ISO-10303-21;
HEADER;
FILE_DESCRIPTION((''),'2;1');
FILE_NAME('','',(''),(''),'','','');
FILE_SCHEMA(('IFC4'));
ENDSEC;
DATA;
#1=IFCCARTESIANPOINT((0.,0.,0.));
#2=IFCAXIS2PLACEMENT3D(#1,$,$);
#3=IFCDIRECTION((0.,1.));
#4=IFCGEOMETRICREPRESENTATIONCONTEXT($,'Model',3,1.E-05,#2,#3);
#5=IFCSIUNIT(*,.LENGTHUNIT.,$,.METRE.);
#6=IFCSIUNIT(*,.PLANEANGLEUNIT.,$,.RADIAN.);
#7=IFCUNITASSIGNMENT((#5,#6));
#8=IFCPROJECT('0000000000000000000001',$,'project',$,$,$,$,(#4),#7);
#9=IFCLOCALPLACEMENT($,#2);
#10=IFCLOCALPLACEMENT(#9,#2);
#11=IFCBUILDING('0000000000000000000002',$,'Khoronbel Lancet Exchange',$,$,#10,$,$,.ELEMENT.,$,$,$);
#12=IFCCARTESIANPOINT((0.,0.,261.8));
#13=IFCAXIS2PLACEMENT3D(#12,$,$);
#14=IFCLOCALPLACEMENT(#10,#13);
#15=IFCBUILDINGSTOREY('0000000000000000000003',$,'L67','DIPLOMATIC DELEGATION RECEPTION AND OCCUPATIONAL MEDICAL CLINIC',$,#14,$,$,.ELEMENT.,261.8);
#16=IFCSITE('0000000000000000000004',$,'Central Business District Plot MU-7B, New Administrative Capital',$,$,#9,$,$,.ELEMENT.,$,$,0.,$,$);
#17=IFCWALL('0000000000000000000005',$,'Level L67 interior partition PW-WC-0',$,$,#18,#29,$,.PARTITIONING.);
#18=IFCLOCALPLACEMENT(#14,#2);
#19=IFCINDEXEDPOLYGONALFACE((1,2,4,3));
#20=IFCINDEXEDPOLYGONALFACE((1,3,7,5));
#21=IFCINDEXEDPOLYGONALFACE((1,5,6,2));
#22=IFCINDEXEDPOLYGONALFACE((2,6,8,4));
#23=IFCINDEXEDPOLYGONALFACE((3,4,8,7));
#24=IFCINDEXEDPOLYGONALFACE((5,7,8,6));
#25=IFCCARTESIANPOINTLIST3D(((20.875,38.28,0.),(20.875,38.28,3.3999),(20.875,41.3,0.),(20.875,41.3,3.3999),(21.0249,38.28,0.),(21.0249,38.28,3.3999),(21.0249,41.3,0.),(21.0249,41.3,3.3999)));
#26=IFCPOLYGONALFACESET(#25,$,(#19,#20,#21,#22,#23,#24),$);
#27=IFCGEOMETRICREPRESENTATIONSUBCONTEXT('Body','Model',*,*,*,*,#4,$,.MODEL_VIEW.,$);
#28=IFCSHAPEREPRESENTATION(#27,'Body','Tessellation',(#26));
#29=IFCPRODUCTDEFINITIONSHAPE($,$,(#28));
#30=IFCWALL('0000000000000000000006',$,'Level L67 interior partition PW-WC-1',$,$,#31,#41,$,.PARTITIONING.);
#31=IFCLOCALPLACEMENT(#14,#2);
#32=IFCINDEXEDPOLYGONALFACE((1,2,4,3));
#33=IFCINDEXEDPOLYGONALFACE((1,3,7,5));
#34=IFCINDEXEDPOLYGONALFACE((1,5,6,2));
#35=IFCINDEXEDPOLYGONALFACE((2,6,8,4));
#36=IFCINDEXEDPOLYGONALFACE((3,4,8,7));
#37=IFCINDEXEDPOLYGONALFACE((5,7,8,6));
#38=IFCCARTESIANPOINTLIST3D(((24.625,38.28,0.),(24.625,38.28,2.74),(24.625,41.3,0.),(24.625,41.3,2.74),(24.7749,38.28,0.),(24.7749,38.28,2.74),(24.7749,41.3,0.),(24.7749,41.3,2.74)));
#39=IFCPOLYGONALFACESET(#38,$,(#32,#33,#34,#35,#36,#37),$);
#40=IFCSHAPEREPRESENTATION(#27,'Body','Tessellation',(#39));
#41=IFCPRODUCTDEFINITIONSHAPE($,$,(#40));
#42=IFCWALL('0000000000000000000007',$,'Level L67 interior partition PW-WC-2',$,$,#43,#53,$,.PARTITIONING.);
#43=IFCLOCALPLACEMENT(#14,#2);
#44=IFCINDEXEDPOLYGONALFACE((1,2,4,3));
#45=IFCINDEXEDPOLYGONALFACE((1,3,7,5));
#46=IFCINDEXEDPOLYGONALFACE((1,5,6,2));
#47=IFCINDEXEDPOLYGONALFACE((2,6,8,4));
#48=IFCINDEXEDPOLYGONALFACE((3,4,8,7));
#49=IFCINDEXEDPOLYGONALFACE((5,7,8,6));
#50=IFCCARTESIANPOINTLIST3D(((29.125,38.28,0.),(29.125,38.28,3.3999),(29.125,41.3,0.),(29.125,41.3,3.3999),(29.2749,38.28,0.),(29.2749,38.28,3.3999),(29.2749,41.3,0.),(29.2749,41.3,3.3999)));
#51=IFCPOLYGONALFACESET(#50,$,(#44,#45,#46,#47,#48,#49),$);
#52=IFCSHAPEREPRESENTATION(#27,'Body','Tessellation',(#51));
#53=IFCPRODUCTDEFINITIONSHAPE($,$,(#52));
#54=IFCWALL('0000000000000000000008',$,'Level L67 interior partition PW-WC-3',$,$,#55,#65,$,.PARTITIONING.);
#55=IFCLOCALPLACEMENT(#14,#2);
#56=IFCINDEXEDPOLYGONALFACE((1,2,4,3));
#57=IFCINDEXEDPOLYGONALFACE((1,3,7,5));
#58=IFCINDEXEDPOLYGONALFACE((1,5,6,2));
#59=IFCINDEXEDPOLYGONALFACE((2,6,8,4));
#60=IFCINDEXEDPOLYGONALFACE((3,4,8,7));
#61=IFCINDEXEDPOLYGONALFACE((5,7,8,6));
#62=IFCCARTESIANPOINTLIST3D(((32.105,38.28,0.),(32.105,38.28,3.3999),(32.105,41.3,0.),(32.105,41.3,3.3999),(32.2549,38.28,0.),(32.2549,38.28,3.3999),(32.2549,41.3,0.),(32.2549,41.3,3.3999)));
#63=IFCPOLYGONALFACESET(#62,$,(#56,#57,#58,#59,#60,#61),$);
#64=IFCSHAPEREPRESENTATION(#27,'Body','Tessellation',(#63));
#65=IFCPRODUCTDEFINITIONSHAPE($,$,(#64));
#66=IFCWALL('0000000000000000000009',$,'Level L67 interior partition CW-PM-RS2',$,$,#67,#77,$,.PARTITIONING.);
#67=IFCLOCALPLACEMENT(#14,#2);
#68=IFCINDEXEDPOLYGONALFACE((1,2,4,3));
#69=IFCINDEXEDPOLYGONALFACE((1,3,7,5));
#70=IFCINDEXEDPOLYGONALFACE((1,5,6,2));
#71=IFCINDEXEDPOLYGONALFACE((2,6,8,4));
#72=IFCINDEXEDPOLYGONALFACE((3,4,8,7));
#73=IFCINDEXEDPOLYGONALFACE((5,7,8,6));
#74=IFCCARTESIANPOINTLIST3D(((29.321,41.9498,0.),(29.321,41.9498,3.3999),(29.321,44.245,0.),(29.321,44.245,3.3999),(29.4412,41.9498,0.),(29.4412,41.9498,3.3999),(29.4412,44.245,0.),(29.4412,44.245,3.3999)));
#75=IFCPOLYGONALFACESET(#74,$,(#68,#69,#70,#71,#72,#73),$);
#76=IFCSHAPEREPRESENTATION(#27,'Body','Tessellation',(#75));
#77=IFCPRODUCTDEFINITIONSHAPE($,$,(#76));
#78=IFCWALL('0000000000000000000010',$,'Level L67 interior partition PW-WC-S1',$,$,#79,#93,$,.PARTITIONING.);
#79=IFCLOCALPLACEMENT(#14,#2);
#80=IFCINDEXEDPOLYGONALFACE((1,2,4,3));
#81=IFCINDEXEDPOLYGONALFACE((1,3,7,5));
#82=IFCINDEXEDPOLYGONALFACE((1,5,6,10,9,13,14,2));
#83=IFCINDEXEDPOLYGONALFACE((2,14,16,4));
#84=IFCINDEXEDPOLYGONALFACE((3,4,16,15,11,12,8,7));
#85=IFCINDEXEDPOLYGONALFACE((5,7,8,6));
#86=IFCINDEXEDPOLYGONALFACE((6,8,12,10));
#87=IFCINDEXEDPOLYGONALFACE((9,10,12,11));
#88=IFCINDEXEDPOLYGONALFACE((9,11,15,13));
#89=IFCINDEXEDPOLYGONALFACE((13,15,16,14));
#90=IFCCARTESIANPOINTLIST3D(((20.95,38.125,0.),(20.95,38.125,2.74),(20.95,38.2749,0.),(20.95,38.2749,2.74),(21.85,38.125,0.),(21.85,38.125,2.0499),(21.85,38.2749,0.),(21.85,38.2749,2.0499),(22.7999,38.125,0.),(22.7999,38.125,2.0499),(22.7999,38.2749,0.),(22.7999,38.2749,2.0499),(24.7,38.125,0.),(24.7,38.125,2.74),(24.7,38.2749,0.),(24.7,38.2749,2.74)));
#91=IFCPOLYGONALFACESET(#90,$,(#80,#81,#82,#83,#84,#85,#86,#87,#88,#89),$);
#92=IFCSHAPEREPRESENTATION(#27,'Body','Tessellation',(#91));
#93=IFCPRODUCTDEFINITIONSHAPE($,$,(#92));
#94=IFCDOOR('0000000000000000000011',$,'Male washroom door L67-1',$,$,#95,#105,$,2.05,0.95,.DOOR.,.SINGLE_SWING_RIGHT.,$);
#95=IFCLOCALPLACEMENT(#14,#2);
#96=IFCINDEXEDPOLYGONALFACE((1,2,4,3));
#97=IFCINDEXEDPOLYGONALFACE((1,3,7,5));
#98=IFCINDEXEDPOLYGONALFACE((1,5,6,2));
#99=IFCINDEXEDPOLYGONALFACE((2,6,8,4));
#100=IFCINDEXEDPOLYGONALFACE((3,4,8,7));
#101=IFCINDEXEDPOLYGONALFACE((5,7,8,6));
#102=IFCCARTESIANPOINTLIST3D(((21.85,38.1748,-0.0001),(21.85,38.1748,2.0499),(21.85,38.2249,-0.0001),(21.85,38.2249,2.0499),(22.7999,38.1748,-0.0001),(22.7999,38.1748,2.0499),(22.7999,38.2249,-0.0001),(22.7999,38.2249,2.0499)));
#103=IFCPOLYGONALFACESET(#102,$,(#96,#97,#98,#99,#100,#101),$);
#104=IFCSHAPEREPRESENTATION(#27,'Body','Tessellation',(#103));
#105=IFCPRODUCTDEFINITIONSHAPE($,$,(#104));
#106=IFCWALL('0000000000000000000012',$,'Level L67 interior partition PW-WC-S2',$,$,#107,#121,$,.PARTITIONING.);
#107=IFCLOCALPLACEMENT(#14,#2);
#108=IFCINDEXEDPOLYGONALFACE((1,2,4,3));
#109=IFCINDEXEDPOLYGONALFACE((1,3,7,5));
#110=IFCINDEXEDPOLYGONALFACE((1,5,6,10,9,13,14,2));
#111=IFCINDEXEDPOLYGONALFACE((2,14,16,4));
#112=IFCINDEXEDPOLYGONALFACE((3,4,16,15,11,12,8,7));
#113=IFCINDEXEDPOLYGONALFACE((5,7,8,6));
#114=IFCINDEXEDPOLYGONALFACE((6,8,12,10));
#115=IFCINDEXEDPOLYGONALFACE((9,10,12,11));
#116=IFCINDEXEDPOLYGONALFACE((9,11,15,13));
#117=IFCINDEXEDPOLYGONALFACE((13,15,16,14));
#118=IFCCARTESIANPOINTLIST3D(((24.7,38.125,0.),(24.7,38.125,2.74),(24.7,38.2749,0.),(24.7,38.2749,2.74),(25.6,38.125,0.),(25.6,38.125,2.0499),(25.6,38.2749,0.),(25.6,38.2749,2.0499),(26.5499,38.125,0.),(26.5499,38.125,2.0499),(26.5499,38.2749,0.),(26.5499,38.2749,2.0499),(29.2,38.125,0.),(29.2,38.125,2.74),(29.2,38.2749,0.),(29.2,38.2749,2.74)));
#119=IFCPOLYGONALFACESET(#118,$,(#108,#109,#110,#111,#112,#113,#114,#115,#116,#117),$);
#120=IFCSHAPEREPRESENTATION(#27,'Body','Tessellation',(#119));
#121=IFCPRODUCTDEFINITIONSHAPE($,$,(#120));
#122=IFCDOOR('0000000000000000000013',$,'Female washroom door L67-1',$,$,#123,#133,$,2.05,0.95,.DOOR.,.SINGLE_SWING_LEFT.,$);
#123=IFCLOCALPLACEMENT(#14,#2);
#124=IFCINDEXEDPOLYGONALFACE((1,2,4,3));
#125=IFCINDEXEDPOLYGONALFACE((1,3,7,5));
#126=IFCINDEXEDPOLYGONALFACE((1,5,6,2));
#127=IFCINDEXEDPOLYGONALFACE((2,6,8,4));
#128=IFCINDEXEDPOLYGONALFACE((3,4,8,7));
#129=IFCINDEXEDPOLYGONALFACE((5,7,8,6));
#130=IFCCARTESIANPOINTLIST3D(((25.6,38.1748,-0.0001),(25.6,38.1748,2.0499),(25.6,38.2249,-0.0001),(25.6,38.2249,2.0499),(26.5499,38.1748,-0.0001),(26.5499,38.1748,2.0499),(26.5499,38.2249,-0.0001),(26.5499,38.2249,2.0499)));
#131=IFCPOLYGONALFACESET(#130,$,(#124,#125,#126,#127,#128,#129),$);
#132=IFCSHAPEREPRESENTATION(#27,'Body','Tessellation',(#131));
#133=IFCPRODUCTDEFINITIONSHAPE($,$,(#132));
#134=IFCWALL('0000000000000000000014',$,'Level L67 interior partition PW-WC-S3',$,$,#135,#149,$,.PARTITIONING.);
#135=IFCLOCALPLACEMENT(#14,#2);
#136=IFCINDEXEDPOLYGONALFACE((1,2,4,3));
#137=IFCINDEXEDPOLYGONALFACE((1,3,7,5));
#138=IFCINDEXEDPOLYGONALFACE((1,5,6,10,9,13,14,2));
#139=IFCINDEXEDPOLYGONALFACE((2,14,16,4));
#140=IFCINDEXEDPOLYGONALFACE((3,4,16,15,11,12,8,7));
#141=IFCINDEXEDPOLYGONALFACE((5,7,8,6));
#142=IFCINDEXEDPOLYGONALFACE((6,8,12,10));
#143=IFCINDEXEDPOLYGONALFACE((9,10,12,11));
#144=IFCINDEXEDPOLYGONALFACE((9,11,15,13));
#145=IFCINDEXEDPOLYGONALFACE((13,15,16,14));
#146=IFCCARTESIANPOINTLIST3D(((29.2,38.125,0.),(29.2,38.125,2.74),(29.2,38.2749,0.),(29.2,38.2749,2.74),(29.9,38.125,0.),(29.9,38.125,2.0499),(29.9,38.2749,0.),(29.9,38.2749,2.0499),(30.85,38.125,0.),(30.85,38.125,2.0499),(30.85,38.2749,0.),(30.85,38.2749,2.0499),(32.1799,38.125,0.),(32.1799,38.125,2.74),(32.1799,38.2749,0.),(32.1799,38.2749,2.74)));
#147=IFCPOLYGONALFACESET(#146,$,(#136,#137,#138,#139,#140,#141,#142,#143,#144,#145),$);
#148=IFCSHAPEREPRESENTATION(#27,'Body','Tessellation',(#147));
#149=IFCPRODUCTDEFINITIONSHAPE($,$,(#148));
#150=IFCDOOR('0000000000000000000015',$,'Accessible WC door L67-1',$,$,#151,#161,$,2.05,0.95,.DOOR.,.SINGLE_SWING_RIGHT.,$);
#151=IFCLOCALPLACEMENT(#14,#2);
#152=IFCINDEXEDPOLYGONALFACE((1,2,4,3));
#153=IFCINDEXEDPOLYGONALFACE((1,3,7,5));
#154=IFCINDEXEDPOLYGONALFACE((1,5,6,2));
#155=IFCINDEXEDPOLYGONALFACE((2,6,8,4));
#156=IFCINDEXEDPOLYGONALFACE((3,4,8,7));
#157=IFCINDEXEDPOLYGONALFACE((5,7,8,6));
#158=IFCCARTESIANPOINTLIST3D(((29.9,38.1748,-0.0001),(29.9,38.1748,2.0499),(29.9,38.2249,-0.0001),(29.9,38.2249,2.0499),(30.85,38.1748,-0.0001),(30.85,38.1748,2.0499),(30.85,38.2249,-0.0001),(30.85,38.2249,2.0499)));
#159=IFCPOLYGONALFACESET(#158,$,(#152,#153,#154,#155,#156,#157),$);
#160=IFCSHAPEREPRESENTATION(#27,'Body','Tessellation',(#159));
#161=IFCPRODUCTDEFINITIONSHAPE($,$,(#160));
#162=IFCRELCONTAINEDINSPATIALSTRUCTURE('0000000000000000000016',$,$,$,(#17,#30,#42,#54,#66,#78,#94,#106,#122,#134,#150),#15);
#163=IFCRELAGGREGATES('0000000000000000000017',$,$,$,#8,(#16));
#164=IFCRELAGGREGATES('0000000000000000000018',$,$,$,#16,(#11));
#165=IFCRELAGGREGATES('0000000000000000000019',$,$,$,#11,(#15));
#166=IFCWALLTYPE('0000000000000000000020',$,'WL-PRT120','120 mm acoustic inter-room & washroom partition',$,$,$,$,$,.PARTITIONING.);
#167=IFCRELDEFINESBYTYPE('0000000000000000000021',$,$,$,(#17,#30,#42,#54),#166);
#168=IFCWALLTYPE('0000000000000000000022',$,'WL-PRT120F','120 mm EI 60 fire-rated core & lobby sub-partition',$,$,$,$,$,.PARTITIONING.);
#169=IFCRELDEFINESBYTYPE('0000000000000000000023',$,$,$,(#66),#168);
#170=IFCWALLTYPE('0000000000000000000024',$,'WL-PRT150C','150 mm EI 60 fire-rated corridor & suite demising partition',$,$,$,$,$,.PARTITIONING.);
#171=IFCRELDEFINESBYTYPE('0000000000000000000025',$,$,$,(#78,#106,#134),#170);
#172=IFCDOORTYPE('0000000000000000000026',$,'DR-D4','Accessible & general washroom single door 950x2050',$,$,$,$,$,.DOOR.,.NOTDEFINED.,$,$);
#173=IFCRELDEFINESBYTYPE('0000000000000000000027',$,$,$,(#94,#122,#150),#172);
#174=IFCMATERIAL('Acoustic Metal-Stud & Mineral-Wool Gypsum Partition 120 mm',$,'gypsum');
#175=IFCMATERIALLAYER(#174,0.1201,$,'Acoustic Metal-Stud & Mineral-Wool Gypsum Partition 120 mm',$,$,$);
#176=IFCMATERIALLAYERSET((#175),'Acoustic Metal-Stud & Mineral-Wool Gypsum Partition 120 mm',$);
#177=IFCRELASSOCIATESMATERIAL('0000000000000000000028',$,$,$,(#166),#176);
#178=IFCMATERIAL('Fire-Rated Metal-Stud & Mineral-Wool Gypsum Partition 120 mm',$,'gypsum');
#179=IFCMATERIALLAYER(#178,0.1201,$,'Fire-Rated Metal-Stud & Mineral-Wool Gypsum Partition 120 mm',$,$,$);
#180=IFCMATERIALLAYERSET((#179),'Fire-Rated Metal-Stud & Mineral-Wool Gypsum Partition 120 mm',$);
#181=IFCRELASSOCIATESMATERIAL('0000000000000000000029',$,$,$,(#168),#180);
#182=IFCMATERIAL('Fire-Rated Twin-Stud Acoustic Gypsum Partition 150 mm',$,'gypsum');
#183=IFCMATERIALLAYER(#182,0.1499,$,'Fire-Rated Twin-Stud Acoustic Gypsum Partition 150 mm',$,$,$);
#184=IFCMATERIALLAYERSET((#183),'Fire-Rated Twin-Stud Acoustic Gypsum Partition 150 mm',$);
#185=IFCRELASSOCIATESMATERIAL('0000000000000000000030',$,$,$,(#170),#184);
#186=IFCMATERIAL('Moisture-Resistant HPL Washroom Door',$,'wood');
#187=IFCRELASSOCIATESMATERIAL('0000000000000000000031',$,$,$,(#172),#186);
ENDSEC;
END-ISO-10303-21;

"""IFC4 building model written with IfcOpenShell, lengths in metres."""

from ifc_helpers import new_model, si_unit, direction, frame, frame_2d, origin, place, context, subcontext, project, spatial, rectangle, extrude, material, layer, layer_set, type_object, element, fill, save


model = new_model("IFC4")

# Units and contexts
model_context = context("Model", 3, precision=1e-05, world=origin(), true_north=direction((0.0, 1.0)))
body_context = subcontext(model_context, "Body", "Model", "MODEL_VIEW")
ifc_project = project(units=[si_unit("LENGTHUNIT", "METRE"), si_unit("PLANEANGLEUNIT", "RADIAN")], contexts=[model_context])

# Site, building, storey
site_placement = place(None, origin())
site = spatial("IfcSite", under=ifc_project, at=site_placement, Name="Central Business District Plot MU-7B, New Administrative Capital", CompositionType="ELEMENT", RefElevation=0.0)
building_placement = place(site_placement, origin())
building = spatial("IfcBuilding", under=site, at=building_placement, Name="Khoronbel Lancet Exchange", CompositionType="ELEMENT")
storey_placement = place(building_placement, frame((0.0, 0.0, 261.8)))
storey = spatial("IfcBuildingStorey", under=building, at=storey_placement, Name="L67", Description="DIPLOMATIC DELEGATION RECEPTION AND OCCUPATIONAL MEDICAL CLINIC", CompositionType="ELEMENT", Elevation=261.8)

# Walls
ifc_material_1 = material(Name="Acoustic Metal-Stud & Mineral-Wool Gypsum Partition 120 mm", Category="gypsum")
ifc_layer_1 = layer(ifc_material_1, 0.1201, Name="Acoustic Metal-Stud & Mineral-Wool Gypsum Partition 120 mm")
ifc_layer_set_1 = layer_set([ifc_layer_1], Name="Acoustic Metal-Stud & Mineral-Wool Gypsum Partition 120 mm")
wall_type_1 = type_object("IfcWallType", Name="WL-PRT120", Description="120 mm acoustic inter-room & washroom partition", PredefinedType="PARTITIONING", material=ifc_layer_set_1)
wall_1_placement = place(storey_placement, frame((20.95, 38.28, 0.0), z_axis=(0.0, 0.0, 1.0), x_axis=(0.0, 1.0, 0.0)))
element("IfcWall", 1, at=wall_1_placement, inside=storey, type_object=wall_type_1, Name="Level L67 interior partition PW-WC-0", PredefinedType="PARTITIONING", context=body_context, shape_type="SweptSolid", body=[
    extrude(rectangle(XDim=3.02, YDim=0.1499, at=frame_2d((1.51, 0.0))), origin(), (0.0, 0.0, 1.0), 3.3999),
])
wall_2_placement = place(storey_placement, frame((24.7, 38.28, 0.0), z_axis=(0.0, 0.0, 1.0), x_axis=(0.0, 1.0, 0.0)))
element("IfcWall", 2, at=wall_2_placement, inside=storey, type_object=wall_type_1, Name="Level L67 interior partition PW-WC-1", PredefinedType="PARTITIONING", context=body_context, shape_type="SweptSolid", body=[
    extrude(rectangle(XDim=3.02, YDim=0.1499, at=frame_2d((1.51, 0.0))), origin(), (0.0, 0.0, 1.0), 2.74),
])
for number, where, z_axis, x_axis, name in (
    (3, (29.2, 38.28, 0.0), (0.0, 0.0, 1.0), (0.0, 1.0, 0.0), "Level L67 interior partition PW-WC-2"),
    (4, (32.1799, 38.28, 0.0), (0.0, 0.0, 1.0), (0.0, 1.0, 0.0), "Level L67 interior partition PW-WC-3"),
):
    element("IfcWall", number, at=place(storey_placement, frame(where, z_axis=z_axis, x_axis=x_axis)), inside=storey, type_object=wall_type_1, Name=name, PredefinedType="PARTITIONING", context=body_context, shape_type="SweptSolid", body=[
        extrude(rectangle(XDim=3.02, YDim=0.1499, at=frame_2d((1.51, 0.0))), origin(), (0.0, 0.0, 1.0), 3.3999),
    ])
ifc_material_2 = material(Name="Fire-Rated Metal-Stud & Mineral-Wool Gypsum Partition 120 mm", Category="gypsum")
ifc_layer_2 = layer(ifc_material_2, 0.1201, Name="Fire-Rated Metal-Stud & Mineral-Wool Gypsum Partition 120 mm")
ifc_layer_set_2 = layer_set([ifc_layer_2], Name="Fire-Rated Metal-Stud & Mineral-Wool Gypsum Partition 120 mm")
wall_type_2 = type_object("IfcWallType", Name="WL-PRT120F", Description="120 mm EI 60 fire-rated core & lobby sub-partition", PredefinedType="PARTITIONING", material=ifc_layer_set_2)
wall_3_placement = place(storey_placement, frame((29.3811, 41.95, 0.0), z_axis=(0.0, 0.0, 1.0), x_axis=(0.0, 1.0, 0.0)))
element("IfcWall", 5, at=wall_3_placement, inside=storey, type_object=wall_type_2, Name="Level L67 interior partition CW-PM-RS2", PredefinedType="PARTITIONING", context=body_context, shape_type="SweptSolid", body=[
    extrude(rectangle(XDim=2.2952, YDim=0.1201, at=frame_2d((1.1475, 0.0))), origin(), (0.0, 0.0, 1.0), 3.3999),
])

# Walls, openings, doors
ifc_material_3 = material(Name="Fire-Rated Twin-Stud Acoustic Gypsum Partition 150 mm", Category="gypsum")
ifc_layer_3 = layer(ifc_material_3, 0.1499, Name="Fire-Rated Twin-Stud Acoustic Gypsum Partition 150 mm")
ifc_layer_set_3 = layer_set([ifc_layer_3], Name="Fire-Rated Twin-Stud Acoustic Gypsum Partition 150 mm")
wall_type_3 = type_object("IfcWallType", Name="WL-PRT150C", Description="150 mm EI 60 fire-rated corridor & suite demising partition", PredefinedType="PARTITIONING", material=ifc_layer_set_3)
wall_4_placement = place(storey_placement, frame((20.95, 38.2, 0.0), z_axis=(0.0, 0.0, 1.0), x_axis=(1.0, 0.0, 0.0)))
wall_4 = element("IfcWall", 6, at=wall_4_placement, inside=storey, type_object=wall_type_3, Name="Level L67 interior partition PW-WC-S1", PredefinedType="PARTITIONING", context=body_context, shape_type="SweptSolid", body=[
    extrude(rectangle(XDim=3.75, YDim=0.1499, at=frame_2d((1.875, 0.0))), origin(), (0.0, 0.0, 1.0), 2.74),
])
opening_1_placement = place(wall_4_placement, frame((0.8999, 0.0, 0.0)))
opening_1 = element("IfcOpeningElement", 7, at=opening_1_placement, cuts=wall_4, PredefinedType="OPENING", context=body_context, shape_type="SweptSolid", body=[
    extrude(rectangle(XDim=0.95, YDim=2.05, at=frame_2d((0.4751, 1.0249))), frame((0.0, 0.085, 0.0), z_axis=(0.0, -1.0, 0.0), x_axis=(1.0, 0.0, 0.0)), (0.0, 0.0, 1.0), 0.1699),
])
ifc_material_4 = material(Name="Moisture-Resistant HPL Washroom Door", Category="wood")
door_type_1 = type_object("IfcDoorType", Name="DR-D4", Description="Accessible & general washroom single door 950x2050", OperationType="NOTDEFINED", PredefinedType="DOOR", material=ifc_material_4)
door_1_placement = place(opening_1_placement, origin())
door_1 = element("IfcDoor", 8, at=door_1_placement, inside=storey, type_object=door_type_1, Name="Male washroom door L67-1", OperationType="SINGLE_SWING_RIGHT", OverallHeight=2.05, OverallWidth=0.95, PredefinedType="DOOR", context=body_context, shape_type="SweptSolid", body=[
    extrude(rectangle(XDim=0.95, YDim=2.05, at=frame_2d((0.4751, 1.0249))), frame((0.0, 0.0249, 0.0), z_axis=(0.0, -1.0, 0.0), x_axis=(1.0, 0.0, 0.0)), (0.0, 0.0, 1.0), 0.05),
])
fill(opening_1, door_1)
wall_5_placement = place(storey_placement, frame((24.7, 38.2, 0.0), z_axis=(0.0, 0.0, 1.0), x_axis=(1.0, 0.0, 0.0)))
wall_5 = element("IfcWall", 9, at=wall_5_placement, inside=storey, type_object=wall_type_3, Name="Level L67 interior partition PW-WC-S2", PredefinedType="PARTITIONING", context=body_context, shape_type="SweptSolid", body=[
    extrude(rectangle(XDim=4.5, YDim=0.1499, at=frame_2d((2.25, 0.0))), origin(), (0.0, 0.0, 1.0), 2.74),
])
opening_2_placement = place(wall_5_placement, frame((0.8999, 0.0, 0.0)))
opening_2 = element("IfcOpeningElement", 10, at=opening_2_placement, cuts=wall_5, PredefinedType="OPENING", context=body_context, shape_type="SweptSolid", body=[
    extrude(rectangle(XDim=0.95, YDim=2.05, at=frame_2d((0.4751, 1.0249))), frame((0.0, 0.085, 0.0), z_axis=(0.0, -1.0, 0.0), x_axis=(1.0, 0.0, 0.0)), (0.0, 0.0, 1.0), 0.1699),
])
door_2_placement = place(opening_2_placement, origin())
door_2 = element("IfcDoor", 11, at=door_2_placement, inside=storey, type_object=door_type_1, Name="Female washroom door L67-1", OperationType="SINGLE_SWING_LEFT", OverallHeight=2.05, OverallWidth=0.95, PredefinedType="DOOR", context=body_context, shape_type="SweptSolid", body=[
    extrude(rectangle(XDim=0.95, YDim=2.05, at=frame_2d((0.4751, 1.0249))), frame((0.0, 0.0249, 0.0), z_axis=(0.0, -1.0, 0.0), x_axis=(1.0, 0.0, 0.0)), (0.0, 0.0, 1.0), 0.05),
])
fill(opening_2, door_2)
wall_6_placement = place(storey_placement, frame((29.2, 38.2, 0.0), z_axis=(0.0, 0.0, 1.0), x_axis=(1.0, 0.0, 0.0)))
wall_6 = element("IfcWall", 12, at=wall_6_placement, inside=storey, type_object=wall_type_3, Name="Level L67 interior partition PW-WC-S3", PredefinedType="PARTITIONING", context=body_context, shape_type="SweptSolid", body=[
    extrude(rectangle(XDim=2.98, YDim=0.1499, at=frame_2d((1.49, 0.0))), origin(), (0.0, 0.0, 1.0), 2.74),
])
opening_3_placement = place(wall_6_placement, frame((0.7, 0.0, 0.0)))
opening_3 = element("IfcOpeningElement", 13, at=opening_3_placement, cuts=wall_6, PredefinedType="OPENING", context=body_context, shape_type="SweptSolid", body=[
    extrude(rectangle(XDim=0.95, YDim=2.05, at=frame_2d((0.4751, 1.0249))), frame((0.0, 0.085, 0.0), z_axis=(0.0, -1.0, 0.0), x_axis=(1.0, 0.0, 0.0)), (0.0, 0.0, 1.0), 0.1699),
])
door_3_placement = place(opening_3_placement, origin())
door_3 = element("IfcDoor", 14, at=door_3_placement, inside=storey, type_object=door_type_1, Name="Accessible WC door L67-1", OperationType="SINGLE_SWING_RIGHT", OverallHeight=2.05, OverallWidth=0.95, PredefinedType="DOOR", context=body_context, shape_type="SweptSolid", body=[
    extrude(rectangle(XDim=0.95, YDim=2.05, at=frame_2d((0.4751, 1.0249))), frame((0.0, 0.0249, 0.0), z_axis=(0.0, -1.0, 0.0), x_axis=(1.0, 0.0, 0.0)), (0.0, 0.0, 1.0), 0.05),
])
fill(opening_3, door_3)

save(model, "model.ifc")
